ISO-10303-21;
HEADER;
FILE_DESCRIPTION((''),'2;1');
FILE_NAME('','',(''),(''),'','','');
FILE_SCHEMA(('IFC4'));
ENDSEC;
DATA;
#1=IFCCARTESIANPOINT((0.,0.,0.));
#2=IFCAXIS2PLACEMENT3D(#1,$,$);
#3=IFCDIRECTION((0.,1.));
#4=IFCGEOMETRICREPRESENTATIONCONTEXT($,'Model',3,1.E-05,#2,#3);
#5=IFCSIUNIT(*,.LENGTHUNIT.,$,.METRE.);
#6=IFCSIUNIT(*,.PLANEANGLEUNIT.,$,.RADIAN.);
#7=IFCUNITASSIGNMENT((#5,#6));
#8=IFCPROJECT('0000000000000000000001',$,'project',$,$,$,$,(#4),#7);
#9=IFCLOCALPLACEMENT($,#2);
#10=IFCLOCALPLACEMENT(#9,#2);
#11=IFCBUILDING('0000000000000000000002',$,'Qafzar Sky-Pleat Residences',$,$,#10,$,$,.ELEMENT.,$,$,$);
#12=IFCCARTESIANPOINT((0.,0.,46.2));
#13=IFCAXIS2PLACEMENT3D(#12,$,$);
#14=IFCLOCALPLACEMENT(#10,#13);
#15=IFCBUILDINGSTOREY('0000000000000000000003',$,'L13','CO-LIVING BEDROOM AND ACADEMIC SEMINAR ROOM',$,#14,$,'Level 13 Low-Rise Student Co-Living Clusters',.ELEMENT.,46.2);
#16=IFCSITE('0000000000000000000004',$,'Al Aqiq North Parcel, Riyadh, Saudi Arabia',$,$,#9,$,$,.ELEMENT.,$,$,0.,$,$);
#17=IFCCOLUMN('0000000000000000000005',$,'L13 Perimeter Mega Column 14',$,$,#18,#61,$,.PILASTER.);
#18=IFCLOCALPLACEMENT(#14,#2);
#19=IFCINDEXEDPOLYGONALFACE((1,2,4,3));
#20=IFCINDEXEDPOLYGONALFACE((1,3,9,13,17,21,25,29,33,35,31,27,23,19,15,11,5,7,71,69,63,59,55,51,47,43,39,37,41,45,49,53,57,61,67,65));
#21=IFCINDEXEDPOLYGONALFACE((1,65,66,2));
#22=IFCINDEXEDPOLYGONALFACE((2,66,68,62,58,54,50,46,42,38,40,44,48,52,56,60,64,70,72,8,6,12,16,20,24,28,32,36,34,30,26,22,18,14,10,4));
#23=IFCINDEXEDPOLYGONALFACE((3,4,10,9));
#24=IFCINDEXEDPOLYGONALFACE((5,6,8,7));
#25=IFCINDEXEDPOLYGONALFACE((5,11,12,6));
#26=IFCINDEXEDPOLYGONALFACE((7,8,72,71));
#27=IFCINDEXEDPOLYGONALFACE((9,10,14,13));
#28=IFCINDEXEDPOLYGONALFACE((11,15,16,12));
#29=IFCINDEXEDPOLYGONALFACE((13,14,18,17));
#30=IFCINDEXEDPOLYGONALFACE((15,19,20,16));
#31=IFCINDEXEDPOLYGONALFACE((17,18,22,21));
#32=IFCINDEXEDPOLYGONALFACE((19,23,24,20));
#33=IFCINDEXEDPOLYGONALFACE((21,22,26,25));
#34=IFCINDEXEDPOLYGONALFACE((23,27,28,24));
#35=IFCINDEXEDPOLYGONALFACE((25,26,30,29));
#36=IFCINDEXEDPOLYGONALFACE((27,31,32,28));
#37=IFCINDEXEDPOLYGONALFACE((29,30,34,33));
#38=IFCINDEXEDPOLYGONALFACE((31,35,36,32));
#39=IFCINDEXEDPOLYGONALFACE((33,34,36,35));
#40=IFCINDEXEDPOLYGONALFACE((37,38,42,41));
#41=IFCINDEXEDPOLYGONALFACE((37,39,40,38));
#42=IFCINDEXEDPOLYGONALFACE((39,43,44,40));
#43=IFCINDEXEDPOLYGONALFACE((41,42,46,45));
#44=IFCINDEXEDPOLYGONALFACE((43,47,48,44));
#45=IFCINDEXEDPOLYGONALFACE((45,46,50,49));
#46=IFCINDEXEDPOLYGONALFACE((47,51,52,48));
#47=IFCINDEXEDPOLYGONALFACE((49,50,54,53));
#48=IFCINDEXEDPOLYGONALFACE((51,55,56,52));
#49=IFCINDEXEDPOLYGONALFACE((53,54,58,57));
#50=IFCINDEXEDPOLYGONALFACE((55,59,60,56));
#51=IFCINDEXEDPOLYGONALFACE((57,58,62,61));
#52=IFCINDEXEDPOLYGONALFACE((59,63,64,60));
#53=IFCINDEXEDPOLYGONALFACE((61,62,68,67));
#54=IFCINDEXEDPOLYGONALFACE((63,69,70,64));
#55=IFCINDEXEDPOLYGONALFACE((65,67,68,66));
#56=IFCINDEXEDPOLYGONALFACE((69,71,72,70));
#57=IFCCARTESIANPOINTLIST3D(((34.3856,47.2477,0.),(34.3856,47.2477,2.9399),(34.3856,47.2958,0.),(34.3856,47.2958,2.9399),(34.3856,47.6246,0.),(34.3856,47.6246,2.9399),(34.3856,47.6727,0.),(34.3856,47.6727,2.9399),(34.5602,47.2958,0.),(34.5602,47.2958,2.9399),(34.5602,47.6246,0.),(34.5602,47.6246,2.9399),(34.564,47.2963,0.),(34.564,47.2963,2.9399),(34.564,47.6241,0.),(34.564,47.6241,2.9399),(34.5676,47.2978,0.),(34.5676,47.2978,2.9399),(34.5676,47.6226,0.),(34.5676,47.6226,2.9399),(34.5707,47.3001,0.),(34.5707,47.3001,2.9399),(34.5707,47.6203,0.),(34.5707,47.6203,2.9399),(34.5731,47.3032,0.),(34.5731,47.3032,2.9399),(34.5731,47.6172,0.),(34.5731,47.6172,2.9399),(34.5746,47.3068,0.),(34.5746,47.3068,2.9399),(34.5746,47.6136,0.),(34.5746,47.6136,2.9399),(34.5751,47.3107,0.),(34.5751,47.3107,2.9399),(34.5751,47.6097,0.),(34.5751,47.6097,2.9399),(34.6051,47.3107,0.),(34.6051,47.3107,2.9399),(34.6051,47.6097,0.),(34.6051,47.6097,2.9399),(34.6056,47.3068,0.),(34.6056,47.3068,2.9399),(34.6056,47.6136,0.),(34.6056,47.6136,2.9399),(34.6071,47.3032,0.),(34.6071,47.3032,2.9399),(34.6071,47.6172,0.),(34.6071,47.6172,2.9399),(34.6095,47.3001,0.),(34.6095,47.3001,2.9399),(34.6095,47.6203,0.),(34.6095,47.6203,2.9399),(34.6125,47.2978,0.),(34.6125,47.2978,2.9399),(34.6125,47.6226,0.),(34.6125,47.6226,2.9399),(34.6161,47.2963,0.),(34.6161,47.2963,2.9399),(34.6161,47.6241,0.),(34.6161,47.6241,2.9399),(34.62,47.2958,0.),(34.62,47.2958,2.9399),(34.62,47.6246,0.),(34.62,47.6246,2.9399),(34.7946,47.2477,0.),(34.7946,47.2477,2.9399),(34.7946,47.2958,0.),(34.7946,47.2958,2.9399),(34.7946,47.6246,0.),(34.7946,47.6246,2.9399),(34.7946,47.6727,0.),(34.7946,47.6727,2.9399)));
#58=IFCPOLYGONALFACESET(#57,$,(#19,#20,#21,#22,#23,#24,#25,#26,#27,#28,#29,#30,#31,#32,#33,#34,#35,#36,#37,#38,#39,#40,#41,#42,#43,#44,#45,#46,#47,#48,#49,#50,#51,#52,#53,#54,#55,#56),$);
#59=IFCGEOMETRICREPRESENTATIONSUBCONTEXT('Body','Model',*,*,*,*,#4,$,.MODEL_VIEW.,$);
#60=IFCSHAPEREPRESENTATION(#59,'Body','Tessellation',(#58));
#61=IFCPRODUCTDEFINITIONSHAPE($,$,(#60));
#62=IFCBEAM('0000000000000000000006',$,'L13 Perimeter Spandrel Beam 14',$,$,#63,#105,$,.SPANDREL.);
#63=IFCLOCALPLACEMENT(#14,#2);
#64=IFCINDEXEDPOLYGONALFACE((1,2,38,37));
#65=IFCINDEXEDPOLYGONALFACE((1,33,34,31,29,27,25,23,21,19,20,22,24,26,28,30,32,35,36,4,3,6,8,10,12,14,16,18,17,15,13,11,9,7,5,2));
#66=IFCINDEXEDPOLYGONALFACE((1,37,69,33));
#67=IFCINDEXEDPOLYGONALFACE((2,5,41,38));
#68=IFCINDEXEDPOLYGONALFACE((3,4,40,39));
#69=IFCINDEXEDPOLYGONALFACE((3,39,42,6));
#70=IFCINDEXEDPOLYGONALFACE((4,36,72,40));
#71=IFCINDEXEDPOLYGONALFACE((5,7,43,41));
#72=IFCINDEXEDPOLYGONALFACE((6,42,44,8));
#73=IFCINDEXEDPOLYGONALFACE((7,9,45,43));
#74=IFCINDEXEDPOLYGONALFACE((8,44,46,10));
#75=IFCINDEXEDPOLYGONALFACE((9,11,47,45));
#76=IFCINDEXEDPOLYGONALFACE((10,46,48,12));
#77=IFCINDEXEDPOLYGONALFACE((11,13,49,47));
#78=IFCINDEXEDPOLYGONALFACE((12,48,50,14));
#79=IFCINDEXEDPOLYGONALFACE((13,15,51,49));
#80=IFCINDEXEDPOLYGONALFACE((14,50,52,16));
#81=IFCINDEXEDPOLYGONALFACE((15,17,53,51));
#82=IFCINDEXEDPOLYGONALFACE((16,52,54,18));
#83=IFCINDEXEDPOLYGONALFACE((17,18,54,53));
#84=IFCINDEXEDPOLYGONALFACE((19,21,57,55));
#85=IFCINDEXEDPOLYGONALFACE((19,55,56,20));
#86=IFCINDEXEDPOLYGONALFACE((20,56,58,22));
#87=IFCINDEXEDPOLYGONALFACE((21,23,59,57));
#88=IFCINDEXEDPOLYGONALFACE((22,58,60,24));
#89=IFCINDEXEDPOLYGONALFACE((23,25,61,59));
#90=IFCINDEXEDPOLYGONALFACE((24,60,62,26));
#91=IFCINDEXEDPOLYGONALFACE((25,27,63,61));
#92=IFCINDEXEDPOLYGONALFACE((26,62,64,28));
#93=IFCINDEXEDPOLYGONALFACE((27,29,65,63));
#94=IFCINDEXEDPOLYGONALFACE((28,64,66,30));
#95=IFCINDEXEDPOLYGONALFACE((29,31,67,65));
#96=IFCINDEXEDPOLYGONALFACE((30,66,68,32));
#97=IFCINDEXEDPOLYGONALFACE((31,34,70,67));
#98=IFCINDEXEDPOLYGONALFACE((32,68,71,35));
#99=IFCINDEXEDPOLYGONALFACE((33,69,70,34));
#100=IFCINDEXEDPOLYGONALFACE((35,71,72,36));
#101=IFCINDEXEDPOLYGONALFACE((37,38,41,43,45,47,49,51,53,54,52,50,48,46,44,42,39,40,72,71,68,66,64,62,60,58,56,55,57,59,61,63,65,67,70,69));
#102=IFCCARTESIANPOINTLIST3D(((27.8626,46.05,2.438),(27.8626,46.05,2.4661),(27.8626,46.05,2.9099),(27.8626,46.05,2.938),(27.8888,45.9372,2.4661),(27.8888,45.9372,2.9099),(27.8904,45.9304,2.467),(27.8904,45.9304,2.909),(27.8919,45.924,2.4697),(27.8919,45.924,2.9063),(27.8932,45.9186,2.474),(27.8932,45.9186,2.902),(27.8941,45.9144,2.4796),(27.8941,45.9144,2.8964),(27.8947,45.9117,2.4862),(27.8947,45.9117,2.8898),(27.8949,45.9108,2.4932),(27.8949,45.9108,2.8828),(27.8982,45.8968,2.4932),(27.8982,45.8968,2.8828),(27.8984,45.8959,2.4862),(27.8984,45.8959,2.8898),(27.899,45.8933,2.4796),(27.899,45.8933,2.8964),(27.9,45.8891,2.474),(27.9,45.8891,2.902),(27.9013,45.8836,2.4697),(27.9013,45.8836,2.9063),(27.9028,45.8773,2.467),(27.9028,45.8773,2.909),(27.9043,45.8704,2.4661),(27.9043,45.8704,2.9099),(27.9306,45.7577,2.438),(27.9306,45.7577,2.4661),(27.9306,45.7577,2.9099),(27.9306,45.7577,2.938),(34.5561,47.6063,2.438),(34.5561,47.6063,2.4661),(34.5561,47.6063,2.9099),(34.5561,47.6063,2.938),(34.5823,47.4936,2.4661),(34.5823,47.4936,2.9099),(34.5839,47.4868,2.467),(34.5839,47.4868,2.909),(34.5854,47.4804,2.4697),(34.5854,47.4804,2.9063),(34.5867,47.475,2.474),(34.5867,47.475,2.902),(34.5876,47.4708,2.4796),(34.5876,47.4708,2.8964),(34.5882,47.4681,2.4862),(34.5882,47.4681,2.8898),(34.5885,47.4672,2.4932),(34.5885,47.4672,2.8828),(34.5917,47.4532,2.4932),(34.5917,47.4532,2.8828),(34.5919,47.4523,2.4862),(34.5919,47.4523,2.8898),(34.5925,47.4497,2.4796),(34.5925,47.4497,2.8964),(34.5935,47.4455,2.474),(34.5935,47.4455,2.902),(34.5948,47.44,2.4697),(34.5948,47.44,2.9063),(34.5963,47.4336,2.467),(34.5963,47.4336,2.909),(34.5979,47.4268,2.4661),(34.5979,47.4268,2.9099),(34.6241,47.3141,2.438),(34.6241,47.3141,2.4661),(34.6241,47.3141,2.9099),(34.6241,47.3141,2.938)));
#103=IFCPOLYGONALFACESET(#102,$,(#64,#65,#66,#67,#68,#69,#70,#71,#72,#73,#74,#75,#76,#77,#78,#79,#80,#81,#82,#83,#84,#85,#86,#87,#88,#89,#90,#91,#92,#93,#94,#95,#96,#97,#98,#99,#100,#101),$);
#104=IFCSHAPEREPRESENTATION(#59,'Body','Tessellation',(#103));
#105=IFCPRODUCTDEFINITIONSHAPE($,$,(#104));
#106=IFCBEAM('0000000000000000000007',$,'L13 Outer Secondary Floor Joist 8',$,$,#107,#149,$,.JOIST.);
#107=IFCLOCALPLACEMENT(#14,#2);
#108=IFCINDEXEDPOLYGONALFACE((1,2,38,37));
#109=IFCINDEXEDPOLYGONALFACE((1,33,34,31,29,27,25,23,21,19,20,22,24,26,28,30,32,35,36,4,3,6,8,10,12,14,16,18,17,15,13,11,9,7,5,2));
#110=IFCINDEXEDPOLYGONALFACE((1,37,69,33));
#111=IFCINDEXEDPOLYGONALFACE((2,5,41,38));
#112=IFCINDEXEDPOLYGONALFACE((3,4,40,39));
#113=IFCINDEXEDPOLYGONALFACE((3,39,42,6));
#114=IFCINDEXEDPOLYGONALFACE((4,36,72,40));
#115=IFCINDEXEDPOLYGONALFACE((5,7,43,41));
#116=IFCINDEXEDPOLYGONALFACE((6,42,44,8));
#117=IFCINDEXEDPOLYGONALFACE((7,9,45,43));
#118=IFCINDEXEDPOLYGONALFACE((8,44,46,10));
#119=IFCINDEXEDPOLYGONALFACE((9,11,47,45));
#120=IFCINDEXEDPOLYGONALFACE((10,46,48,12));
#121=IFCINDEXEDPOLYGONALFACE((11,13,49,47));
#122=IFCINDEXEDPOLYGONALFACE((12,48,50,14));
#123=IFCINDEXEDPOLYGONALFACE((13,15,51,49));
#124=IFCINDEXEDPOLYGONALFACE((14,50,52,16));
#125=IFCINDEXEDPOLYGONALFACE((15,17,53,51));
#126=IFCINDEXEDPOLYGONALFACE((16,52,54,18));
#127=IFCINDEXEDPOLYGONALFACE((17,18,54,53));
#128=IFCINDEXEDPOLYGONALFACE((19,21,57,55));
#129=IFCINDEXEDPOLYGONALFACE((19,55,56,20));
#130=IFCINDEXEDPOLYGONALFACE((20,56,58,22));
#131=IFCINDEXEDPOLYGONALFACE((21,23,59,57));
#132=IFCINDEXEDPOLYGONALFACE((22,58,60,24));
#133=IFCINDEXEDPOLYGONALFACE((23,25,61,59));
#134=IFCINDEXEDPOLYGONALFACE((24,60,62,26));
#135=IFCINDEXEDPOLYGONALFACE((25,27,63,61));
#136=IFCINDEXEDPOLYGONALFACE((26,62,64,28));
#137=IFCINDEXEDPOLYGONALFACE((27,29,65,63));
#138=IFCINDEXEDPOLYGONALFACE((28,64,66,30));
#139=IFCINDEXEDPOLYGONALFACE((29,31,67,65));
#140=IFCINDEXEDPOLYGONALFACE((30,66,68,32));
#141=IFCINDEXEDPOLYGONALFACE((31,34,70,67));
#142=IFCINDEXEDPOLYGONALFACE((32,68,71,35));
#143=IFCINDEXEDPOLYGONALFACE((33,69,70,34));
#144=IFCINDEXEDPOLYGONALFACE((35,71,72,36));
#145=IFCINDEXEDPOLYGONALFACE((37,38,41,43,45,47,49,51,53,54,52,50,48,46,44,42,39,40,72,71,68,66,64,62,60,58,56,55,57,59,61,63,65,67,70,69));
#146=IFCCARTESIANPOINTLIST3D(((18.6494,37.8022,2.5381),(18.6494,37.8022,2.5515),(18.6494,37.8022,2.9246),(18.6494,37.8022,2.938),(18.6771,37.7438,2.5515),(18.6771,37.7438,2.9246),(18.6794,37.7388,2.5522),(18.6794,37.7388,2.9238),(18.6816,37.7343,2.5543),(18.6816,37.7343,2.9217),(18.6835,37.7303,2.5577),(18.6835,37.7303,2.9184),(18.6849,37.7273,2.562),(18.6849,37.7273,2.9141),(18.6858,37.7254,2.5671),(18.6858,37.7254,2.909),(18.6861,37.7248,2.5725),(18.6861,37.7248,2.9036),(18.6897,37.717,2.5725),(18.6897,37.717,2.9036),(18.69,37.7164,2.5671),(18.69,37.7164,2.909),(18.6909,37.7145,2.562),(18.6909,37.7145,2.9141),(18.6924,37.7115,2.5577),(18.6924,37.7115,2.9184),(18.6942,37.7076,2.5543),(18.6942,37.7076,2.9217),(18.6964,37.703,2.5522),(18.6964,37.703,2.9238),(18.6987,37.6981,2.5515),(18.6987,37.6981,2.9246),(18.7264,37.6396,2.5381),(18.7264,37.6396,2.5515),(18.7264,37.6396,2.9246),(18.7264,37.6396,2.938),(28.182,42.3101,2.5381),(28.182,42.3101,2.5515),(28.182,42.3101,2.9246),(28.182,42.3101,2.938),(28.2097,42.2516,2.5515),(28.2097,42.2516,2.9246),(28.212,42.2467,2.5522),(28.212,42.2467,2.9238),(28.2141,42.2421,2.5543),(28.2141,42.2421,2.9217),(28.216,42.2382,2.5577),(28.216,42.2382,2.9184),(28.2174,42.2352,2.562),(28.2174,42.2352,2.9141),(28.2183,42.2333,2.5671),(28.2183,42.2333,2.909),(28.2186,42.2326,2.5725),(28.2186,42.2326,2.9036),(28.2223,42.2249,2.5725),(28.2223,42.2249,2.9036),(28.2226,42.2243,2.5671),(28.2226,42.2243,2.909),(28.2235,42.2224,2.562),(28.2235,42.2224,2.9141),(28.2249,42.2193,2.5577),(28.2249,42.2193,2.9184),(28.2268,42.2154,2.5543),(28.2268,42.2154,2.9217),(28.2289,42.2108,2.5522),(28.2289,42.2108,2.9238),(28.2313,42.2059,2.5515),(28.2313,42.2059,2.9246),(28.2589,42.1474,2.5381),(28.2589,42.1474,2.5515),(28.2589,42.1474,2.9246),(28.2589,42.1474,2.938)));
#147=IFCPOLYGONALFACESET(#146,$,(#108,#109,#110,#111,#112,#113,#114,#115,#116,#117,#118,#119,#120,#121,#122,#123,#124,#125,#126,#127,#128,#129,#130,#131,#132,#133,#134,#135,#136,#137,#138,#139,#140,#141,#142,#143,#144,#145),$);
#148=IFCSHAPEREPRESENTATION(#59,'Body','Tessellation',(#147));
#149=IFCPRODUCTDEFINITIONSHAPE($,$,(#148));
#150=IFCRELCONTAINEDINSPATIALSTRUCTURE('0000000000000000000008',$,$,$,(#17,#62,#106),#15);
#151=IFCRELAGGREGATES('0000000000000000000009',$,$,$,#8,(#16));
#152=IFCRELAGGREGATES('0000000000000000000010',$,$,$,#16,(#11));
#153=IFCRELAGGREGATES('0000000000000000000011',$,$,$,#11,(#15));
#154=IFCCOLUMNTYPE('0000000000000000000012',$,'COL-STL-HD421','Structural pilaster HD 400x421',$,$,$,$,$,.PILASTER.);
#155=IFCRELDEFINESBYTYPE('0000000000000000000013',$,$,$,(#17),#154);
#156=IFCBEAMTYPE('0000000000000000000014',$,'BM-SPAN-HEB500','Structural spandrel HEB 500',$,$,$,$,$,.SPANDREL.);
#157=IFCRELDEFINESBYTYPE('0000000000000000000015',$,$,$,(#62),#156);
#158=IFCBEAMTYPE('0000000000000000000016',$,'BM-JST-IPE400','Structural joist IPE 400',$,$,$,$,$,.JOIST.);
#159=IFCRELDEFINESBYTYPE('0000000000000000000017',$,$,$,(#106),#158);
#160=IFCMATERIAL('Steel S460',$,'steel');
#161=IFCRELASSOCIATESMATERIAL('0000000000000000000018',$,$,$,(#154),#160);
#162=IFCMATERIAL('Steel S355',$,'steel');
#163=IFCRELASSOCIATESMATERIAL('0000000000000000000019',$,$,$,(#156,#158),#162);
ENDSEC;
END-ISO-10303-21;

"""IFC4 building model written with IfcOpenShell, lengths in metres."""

from ifc_helpers import new_model, si_unit, direction, frame, origin, origin_2d, place, context, subcontext, project, spatial, i_section, extrude, source, transform, mapped, material, material_profile, profile_set, type_object, element, save


model = new_model("IFC4")

# Units and contexts
model_context = context("Model", 3, precision=1e-05, world=origin(), true_north=direction((0.0, 1.0)))
body_context = subcontext(model_context, "Body", "Model", "MODEL_VIEW")
ifc_project = project(units=[si_unit("LENGTHUNIT", "METRE"), si_unit("PLANEANGLEUNIT", "RADIAN")], contexts=[model_context])

# Site, building, storey
site_placement = place(None, origin())
site = spatial("IfcSite", under=ifc_project, at=site_placement, Name="Al Aqiq North Parcel, Riyadh, Saudi Arabia", CompositionType="ELEMENT", RefElevation=0.0)
building_placement = place(site_placement, origin())
building = spatial("IfcBuilding", under=site, at=building_placement, Name="Qafzar Sky-Pleat Residences", CompositionType="ELEMENT")
storey_placement = place(building_placement, frame((0.0, 0.0, 46.2)))
storey = spatial("IfcBuildingStorey", under=building, at=storey_placement, Name="L13", Description="CO-LIVING BEDROOM AND ACADEMIC SEMINAR ROOM", LongName="Level 13 Low-Rise Student Co-Living Clusters", CompositionType="ELEMENT", Elevation=46.2)

# Column
ifc_material_1 = material(Name="Steel S460", Category="steel")
ifc_material_profile_1 = material_profile(ifc_material_1, i_section(OverallWidth=0.4089, OverallDepth=0.425, WebThickness=0.03, FlangeThickness=0.0481, FilletRadius=0.0149, at=origin_2d()), Name="HD 400x421")
ifc_profile_set_1 = profile_set([ifc_material_profile_1], Name="Steel S460")
column_type = type_object("IfcColumnType", Name="COL-STL-HD421", Description="Structural pilaster HD 400x421", PredefinedType="PILASTER", material=ifc_profile_set_1)
shared_shape_1 = source(origin(), body_context, "Body", "SweptSolid", [
    extrude(i_section(OverallWidth=0.4089, OverallDepth=0.425, WebThickness=0.03, FlangeThickness=0.0481, FilletRadius=0.0149, at=origin_2d()), origin(), (0.0, 0.0, 1.0), 2.9399),
])
column_placement = place(storey_placement, frame((34.5901, 47.4602, 0.0), z_axis=(0.0, 0.0, 1.0), x_axis=(1.0, 0.0, 0.0)))
element("IfcColumn", 1, at=column_placement, inside=storey, type_object=column_type, Name="L13 Perimeter Mega Column 14", PredefinedType="PILASTER", context=body_context, shape_type="MappedRepresentation", body=[
    mapped(shared_shape_1, transform((0.0, 0.0, 0.0), x_axis=(1.0, 0.0, 0.0), y_axis=(0.0, 1.0, 0.0), z_axis=(0.0, 0.0, 1.0), scale=1.0)),
])

# Beams
ifc_material_2 = material(Name="Steel S355", Category="steel")
ifc_material_profile_2 = material_profile(ifc_material_2, i_section(OverallWidth=0.3, OverallDepth=0.5, WebThickness=0.0144, FlangeThickness=0.0281, FilletRadius=0.0271, at=origin_2d()), Name="HEB 500")
ifc_profile_set_2 = profile_set([ifc_material_profile_2], Name="Steel S355")
beam_type_1 = type_object("IfcBeamType", Name="BM-SPAN-HEB500", Description="Structural spandrel HEB 500", PredefinedType="SPANDREL", material=ifc_profile_set_2)
shared_shape_2 = source(origin(), body_context, "Body", "SweptSolid", [
    extrude(i_section(OverallWidth=0.3, OverallDepth=0.5, WebThickness=0.0144, FlangeThickness=0.0281, FilletRadius=0.0271, at=origin_2d()), origin(), (0.0, 0.0, 1.0), 6.8721),
])
beam_1_placement = place(storey_placement, frame((34.5901, 47.4602, 2.688), z_axis=(-0.974016, -0.226478, 0.0), x_axis=(0.226478, -0.974016, 0.0)))
element("IfcBeam", 2, at=beam_1_placement, inside=storey, type_object=beam_type_1, Name="L13 Perimeter Spandrel Beam 14", PredefinedType="SPANDREL", context=body_context, shape_type="MappedRepresentation", body=[
    mapped(shared_shape_2, transform((0.0, 0.0, 0.0), x_axis=(1.0, 0.0, 0.0), y_axis=(0.0, 1.0, 0.0), z_axis=(0.0, 0.0, 1.0), scale=1.0)),
])
ifc_material_profile_3 = material_profile(ifc_material_2, i_section(OverallWidth=0.1799, OverallDepth=0.3999, WebThickness=0.0085, FlangeThickness=0.0134, FilletRadius=0.021, at=origin_2d()), Name="IPE 400")
ifc_profile_set_3 = profile_set([ifc_material_profile_3], Name="Steel S355")
beam_type_2 = type_object("IfcBeamType", Name="BM-JST-IPE400", Description="Structural joist IPE 400", PredefinedType="JOIST", material=ifc_profile_set_3)
shared_shape_3 = source(origin(), body_context, "Body", "SweptSolid", [
    extrude(i_section(OverallWidth=0.1799, OverallDepth=0.3999, WebThickness=0.0085, FlangeThickness=0.0134, FilletRadius=0.021, at=origin_2d()), origin(), (0.0, 0.0, 1.0), 10.5447),
])
beam_2_placement = place(storey_placement, frame((28.2205, 42.2288, 2.738), z_axis=(-0.904015, -0.4275, 0.0), x_axis=(0.4275, -0.904015, 0.0)))
element("IfcBeam", 3, at=beam_2_placement, inside=storey, type_object=beam_type_2, Name="L13 Outer Secondary Floor Joist 8", PredefinedType="JOIST", context=body_context, shape_type="MappedRepresentation", body=[
    mapped(shared_shape_3, transform((0.0, 0.0, 0.0), x_axis=(1.0, 0.0, 0.0), y_axis=(0.0, 1.0, 0.0), z_axis=(0.0, 0.0, 1.0), scale=1.0)),
])

save(model, "model.ifc")
